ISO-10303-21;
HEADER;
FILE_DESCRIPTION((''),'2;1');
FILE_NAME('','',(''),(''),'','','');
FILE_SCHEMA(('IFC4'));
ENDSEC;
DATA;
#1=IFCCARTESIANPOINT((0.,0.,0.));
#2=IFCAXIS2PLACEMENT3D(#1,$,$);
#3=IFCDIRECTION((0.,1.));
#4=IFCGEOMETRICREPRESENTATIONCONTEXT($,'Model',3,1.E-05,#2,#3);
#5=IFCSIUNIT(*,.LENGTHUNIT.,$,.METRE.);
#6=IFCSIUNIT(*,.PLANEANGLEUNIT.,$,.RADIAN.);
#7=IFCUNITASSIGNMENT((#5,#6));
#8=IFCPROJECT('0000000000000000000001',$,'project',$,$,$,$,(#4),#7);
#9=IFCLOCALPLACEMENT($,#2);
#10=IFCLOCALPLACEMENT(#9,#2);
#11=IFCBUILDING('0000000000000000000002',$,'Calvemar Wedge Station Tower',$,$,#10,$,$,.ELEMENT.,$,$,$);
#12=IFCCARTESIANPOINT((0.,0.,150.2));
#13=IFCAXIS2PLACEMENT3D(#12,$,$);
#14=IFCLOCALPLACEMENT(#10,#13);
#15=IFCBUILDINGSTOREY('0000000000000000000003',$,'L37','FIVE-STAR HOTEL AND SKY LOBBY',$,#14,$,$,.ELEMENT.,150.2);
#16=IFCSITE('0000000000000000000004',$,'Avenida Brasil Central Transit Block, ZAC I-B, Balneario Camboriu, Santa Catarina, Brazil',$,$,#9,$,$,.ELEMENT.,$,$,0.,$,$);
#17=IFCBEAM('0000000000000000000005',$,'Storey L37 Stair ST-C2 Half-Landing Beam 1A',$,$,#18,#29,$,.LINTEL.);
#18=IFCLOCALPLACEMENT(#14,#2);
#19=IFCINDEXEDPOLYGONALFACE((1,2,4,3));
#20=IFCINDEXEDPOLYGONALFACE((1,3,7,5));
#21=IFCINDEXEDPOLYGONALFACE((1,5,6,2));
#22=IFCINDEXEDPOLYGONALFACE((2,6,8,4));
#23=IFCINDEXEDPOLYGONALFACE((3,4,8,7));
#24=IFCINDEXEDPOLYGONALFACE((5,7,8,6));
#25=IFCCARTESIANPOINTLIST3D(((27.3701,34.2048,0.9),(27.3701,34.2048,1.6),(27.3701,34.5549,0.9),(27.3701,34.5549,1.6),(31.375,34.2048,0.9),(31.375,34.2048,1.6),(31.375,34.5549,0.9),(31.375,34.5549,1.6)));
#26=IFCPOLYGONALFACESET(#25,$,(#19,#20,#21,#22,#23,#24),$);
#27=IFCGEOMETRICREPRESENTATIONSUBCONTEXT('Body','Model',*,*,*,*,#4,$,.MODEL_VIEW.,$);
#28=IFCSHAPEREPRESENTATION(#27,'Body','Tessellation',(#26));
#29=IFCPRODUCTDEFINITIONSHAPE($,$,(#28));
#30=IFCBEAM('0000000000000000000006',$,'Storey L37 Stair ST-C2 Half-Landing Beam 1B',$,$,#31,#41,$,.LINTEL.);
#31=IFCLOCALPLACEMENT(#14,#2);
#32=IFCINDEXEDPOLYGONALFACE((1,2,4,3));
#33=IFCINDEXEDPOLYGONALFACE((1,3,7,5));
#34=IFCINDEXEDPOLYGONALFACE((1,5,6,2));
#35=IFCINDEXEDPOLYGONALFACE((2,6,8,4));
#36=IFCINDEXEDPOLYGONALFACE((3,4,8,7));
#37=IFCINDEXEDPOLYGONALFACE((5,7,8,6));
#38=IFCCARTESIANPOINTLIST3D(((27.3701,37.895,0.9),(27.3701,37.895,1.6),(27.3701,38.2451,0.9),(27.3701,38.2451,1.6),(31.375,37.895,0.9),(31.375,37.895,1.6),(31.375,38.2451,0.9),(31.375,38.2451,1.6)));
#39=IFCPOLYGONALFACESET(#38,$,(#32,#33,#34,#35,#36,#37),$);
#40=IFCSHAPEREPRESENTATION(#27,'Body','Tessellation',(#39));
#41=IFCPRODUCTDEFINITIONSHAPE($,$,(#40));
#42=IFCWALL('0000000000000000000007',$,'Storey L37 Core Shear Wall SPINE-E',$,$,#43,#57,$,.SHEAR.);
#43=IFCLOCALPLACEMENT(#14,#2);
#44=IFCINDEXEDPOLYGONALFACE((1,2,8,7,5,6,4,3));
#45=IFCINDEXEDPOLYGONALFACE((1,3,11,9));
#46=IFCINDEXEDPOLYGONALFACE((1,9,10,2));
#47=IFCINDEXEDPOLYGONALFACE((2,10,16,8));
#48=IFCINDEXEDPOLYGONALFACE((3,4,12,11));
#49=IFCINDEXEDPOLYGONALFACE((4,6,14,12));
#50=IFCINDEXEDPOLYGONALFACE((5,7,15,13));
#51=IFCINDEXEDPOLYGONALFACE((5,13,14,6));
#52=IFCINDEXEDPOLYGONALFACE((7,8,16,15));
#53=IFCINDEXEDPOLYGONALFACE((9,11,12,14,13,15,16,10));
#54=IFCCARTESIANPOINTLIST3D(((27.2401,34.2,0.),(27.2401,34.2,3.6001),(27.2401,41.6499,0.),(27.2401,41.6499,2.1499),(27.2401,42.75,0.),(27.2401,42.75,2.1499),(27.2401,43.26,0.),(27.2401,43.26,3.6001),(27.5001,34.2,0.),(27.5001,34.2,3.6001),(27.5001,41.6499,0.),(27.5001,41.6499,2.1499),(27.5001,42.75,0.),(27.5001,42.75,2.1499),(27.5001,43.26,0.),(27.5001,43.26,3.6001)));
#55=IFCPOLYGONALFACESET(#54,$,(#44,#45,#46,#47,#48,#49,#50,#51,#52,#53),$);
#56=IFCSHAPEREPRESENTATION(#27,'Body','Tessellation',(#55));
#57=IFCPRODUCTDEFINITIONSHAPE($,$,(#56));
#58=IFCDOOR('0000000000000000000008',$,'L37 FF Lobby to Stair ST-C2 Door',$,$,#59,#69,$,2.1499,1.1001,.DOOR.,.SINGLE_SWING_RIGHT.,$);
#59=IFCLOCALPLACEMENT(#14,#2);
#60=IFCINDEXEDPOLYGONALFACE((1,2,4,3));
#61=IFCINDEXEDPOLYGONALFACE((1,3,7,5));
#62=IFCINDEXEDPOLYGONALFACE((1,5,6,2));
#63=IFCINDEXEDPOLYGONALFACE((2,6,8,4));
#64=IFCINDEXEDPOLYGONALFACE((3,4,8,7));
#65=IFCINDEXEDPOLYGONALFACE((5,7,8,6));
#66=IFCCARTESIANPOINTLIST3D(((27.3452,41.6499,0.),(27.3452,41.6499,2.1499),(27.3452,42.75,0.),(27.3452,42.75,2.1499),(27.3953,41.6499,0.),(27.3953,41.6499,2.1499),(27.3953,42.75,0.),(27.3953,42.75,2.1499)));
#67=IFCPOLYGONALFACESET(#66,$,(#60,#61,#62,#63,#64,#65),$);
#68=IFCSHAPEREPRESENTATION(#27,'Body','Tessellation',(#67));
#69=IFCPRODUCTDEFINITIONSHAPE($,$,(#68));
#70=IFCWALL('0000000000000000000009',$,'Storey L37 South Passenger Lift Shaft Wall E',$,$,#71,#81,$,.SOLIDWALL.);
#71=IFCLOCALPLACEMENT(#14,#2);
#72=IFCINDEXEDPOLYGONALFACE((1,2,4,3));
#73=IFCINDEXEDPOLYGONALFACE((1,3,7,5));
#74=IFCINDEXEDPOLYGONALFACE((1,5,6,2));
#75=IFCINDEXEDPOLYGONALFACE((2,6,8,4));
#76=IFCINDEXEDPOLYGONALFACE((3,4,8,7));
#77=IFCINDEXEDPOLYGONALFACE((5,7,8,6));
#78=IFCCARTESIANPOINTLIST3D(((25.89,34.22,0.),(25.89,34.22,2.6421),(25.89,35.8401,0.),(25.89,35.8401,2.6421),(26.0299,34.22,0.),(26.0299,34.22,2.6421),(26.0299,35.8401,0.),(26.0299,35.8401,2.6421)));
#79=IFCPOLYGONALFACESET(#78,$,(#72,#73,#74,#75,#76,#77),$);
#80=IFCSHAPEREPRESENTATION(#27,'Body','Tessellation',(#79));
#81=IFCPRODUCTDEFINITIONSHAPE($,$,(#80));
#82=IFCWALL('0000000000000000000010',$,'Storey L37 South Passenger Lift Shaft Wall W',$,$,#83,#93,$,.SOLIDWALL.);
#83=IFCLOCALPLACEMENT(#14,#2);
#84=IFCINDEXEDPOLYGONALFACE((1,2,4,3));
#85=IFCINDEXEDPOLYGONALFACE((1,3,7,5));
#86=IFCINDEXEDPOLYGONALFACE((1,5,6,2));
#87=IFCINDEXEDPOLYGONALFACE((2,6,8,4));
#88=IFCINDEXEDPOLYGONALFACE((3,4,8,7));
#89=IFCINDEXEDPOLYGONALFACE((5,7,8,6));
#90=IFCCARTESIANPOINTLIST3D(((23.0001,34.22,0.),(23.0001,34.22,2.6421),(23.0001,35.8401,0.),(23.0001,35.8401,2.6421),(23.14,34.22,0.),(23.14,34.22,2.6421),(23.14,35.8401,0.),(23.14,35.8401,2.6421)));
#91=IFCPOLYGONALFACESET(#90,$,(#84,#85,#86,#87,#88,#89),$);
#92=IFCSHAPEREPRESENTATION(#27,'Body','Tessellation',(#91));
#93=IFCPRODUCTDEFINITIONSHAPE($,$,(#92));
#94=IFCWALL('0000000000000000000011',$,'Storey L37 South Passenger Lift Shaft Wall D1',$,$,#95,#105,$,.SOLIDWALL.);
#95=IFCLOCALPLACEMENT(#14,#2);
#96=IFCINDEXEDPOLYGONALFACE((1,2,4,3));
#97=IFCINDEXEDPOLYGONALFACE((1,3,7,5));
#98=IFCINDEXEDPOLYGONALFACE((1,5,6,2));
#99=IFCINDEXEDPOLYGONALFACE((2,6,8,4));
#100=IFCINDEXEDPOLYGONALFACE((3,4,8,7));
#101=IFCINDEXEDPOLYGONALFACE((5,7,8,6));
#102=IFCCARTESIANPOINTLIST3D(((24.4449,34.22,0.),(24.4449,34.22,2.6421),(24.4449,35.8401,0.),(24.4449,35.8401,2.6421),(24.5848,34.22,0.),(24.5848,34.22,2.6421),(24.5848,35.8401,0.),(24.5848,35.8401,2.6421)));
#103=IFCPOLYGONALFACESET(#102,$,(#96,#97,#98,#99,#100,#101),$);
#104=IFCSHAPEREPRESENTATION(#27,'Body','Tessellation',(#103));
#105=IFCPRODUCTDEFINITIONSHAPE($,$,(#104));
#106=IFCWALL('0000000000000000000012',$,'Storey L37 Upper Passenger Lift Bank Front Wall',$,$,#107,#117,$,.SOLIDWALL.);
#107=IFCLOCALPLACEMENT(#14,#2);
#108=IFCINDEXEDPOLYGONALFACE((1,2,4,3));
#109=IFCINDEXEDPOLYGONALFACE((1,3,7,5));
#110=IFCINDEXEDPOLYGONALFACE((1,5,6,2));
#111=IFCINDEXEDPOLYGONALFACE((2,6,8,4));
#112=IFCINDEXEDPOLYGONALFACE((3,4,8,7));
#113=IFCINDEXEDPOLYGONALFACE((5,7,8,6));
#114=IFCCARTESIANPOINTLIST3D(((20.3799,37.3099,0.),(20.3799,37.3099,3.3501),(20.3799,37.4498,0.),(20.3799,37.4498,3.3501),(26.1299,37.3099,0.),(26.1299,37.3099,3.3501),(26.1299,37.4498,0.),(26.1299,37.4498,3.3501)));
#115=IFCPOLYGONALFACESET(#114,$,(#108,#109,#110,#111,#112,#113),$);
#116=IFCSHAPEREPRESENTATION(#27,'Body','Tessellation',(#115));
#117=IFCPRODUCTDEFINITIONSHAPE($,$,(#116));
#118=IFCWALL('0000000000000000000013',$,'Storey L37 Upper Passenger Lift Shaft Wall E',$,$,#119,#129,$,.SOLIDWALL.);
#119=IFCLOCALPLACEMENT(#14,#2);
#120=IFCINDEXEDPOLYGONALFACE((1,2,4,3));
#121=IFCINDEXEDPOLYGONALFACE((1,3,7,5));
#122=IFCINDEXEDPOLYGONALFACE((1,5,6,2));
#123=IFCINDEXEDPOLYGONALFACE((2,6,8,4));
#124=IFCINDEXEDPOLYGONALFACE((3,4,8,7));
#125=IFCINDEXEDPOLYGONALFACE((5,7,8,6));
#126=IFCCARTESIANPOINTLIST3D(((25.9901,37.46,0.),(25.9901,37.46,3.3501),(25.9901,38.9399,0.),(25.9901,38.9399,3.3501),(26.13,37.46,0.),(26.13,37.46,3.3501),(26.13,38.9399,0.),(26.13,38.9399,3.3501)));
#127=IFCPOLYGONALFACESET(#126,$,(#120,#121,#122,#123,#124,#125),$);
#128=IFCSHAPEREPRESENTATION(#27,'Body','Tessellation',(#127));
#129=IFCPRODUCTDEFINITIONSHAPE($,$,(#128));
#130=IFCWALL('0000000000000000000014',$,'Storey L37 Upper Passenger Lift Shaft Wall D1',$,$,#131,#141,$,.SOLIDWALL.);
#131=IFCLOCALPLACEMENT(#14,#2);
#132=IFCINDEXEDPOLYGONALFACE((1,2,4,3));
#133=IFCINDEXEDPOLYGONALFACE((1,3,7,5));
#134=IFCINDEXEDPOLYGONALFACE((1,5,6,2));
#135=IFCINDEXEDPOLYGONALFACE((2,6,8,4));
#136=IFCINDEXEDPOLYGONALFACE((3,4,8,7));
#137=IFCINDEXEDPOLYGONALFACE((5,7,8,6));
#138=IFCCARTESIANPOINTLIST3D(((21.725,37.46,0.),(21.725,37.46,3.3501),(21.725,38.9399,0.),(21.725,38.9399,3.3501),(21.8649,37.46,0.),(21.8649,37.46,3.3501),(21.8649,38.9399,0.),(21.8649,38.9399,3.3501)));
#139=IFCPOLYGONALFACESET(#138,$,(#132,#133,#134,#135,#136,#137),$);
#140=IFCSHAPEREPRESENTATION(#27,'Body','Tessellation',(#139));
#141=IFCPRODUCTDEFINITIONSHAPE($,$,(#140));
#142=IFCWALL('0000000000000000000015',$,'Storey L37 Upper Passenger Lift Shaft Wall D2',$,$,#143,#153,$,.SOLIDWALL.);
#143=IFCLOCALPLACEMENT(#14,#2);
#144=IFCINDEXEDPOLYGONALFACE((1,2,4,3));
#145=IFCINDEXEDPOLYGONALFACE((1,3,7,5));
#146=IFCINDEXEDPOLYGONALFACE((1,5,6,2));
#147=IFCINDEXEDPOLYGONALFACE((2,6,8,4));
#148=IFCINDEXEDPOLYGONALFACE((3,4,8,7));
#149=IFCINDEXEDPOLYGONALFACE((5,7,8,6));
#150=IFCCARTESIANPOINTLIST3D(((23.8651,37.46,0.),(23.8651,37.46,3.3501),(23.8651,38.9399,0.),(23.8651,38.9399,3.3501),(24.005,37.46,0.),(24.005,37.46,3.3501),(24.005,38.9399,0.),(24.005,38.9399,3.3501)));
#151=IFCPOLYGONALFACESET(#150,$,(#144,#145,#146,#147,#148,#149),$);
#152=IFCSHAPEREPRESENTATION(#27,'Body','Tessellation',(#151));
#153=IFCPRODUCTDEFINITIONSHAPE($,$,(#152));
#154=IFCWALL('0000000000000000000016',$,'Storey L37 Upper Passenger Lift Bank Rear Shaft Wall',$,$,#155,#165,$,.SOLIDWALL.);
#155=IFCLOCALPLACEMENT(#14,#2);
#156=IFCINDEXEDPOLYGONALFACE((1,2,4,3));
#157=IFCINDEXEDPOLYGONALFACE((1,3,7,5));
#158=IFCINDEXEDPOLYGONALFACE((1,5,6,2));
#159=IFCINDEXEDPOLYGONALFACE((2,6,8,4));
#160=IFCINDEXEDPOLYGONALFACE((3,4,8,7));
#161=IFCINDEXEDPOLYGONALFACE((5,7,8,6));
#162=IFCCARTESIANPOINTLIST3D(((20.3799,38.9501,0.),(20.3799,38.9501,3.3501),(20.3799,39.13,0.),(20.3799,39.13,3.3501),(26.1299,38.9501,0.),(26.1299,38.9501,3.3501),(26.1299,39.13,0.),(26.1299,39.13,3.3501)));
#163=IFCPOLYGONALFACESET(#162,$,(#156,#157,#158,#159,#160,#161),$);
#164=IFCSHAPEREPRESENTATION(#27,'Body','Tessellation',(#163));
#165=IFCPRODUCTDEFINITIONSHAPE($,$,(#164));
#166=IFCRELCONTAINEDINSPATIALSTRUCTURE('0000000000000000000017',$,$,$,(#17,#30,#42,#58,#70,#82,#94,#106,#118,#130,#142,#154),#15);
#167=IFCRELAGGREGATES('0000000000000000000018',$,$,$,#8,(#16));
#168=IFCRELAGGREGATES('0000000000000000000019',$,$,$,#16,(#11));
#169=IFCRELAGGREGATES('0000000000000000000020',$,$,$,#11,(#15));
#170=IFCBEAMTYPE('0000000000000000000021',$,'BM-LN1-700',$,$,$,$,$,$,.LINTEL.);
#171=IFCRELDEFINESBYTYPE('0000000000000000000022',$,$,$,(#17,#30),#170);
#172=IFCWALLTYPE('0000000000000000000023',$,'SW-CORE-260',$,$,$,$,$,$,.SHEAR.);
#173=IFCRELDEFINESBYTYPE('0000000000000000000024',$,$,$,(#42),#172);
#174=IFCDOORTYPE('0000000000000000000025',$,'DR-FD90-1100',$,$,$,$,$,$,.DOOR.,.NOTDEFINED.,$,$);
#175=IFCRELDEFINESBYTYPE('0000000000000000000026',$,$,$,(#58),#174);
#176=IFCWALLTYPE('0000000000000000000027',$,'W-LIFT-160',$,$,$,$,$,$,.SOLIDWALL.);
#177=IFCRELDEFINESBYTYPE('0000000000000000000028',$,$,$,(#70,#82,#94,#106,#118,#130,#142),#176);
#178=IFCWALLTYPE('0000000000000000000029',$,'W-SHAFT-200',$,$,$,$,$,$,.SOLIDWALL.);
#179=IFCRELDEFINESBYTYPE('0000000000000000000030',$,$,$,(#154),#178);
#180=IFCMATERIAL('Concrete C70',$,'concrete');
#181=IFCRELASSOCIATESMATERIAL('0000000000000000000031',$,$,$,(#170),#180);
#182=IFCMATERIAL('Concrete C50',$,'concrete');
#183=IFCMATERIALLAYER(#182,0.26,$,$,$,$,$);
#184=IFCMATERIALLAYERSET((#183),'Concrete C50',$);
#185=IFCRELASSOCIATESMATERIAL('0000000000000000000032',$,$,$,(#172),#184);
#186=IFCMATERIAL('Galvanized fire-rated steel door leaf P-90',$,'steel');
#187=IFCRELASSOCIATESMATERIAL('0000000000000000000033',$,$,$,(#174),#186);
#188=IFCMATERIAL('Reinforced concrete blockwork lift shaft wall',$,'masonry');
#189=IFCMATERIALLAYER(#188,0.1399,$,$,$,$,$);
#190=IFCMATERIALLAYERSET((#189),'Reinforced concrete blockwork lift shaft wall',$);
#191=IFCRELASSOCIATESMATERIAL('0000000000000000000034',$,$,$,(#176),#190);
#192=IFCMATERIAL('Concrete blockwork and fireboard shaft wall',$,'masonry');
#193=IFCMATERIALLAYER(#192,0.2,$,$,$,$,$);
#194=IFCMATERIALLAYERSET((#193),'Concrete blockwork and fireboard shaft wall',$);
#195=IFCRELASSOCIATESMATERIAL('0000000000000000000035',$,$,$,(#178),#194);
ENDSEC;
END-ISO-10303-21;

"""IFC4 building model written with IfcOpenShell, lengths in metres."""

from ifc_helpers import new_model, si_unit, direction, frame, frame_2d, origin, origin_2d, place, context, subcontext, project, spatial, rectangle, extrude, source, transform, mapped, material, layer, layer_set, material_profile, profile_set, type_object, element, fill, save


model = new_model("IFC4")

# Units and contexts
model_context = context("Model", 3, precision=1e-05, world=origin(), true_north=direction((0.0, 1.0)))
body_context = subcontext(model_context, "Body", "Model", "MODEL_VIEW")
ifc_project = project(units=[si_unit("LENGTHUNIT", "METRE"), si_unit("PLANEANGLEUNIT", "RADIAN")], contexts=[model_context])

# Site, building, storey
site_placement = place(None, origin())
site = spatial("IfcSite", under=ifc_project, at=site_placement, Name="Avenida Brasil Central Transit Block, ZAC I-B, Balneario Camboriu, Santa Catarina, Brazil", CompositionType="ELEMENT", RefElevation=0.0)
building_placement = place(site_placement, origin())
building = spatial("IfcBuilding", under=site, at=building_placement, Name="Calvemar Wedge Station Tower", CompositionType="ELEMENT")
storey_placement = place(building_placement, frame((0.0, 0.0, 150.2)))
storey = spatial("IfcBuildingStorey", under=building, at=storey_placement, Name="L37", Description="FIVE-STAR HOTEL AND SKY LOBBY", CompositionType="ELEMENT", Elevation=150.2)

# Beams
ifc_material_1 = material(Name="Concrete C70", Category="concrete")
ifc_material_profile = material_profile(ifc_material_1, rectangle(XDim=0.3501, YDim=0.7, at=origin_2d()), Name="RC350x700")
ifc_profile_set = profile_set([ifc_material_profile], Name="Concrete C70")
beam_type = type_object("IfcBeamType", Name="BM-LN1-700", PredefinedType="LINTEL", material=ifc_profile_set)
shared_shape_1 = source(origin(), body_context, "Body", "SweptSolid", [
    extrude(rectangle(XDim=0.3501, YDim=0.7, at=origin_2d()), origin(), (0.0, 0.0, 1.0), 4.0049),
])
for number, where, z_axis, x_axis, name in (
    (1, (27.3701, 34.3799, 1.25), (1.0, 0.0, 0.0), (0.0, 1.0, 0.0), "Storey L37 Stair ST-C2 Half-Landing Beam 1A"),
    (2, (27.3701, 38.0701, 1.25), (1.0, 0.0, 0.0), (0.0, 1.0, 0.0), "Storey L37 Stair ST-C2 Half-Landing Beam 1B"),
):
    element("IfcBeam", number, at=place(storey_placement, frame(where, z_axis=z_axis, x_axis=x_axis)), inside=storey, type_object=beam_type, Name=name, PredefinedType="LINTEL", context=body_context, shape_type="MappedRepresentation", body=[
        mapped(shared_shape_1, transform((0.0, 0.0, 0.0), scale=1.0)),
    ])

# Wall, opening, door
ifc_material_2 = material(Name="Concrete C50", Category="concrete")
ifc_layer_1 = layer(ifc_material_2, 0.26)
ifc_layer_set_1 = layer_set([ifc_layer_1], Name="Concrete C50")
wall_type_1 = type_object("IfcWallType", Name="SW-CORE-260", PredefinedType="SHEAR", material=ifc_layer_set_1)
wall_1_placement = place(storey_placement, frame((27.3701, 34.2, 0.0), z_axis=(0.0, 0.0, 1.0), x_axis=(0.0, 1.0, 0.0)))
wall_1 = element("IfcWall", 3, at=wall_1_placement, inside=storey, type_object=wall_type_1, Name="Storey L37 Core Shear Wall SPINE-E", PredefinedType="SHEAR", context=body_context, shape_type="SweptSolid", body=[
    extrude(rectangle(XDim=9.0601, YDim=0.26, at=frame_2d((4.53, 0.0))), origin(), (0.0, 0.0, 1.0), 3.6001),
])
shared_shape_2 = source(origin(), body_context, "Body", "SweptSolid", [
    extrude(rectangle(XDim=1.1001, YDim=2.1499, at=frame_2d((0.55, 1.075))), frame((0.0, 0.1401, 0.0), z_axis=(0.0, -1.0, 0.0), x_axis=(1.0, 0.0, 0.0)), (0.0, 0.0, 1.0), 0.28),
])
opening_1_placement = place(wall_1_placement, frame((7.45, 0.0, 0.0)))
opening_1 = element("IfcOpeningElement", 4, at=opening_1_placement, cuts=wall_1, PredefinedType="OPENING", context=body_context, shape_type="MappedRepresentation", body=[
    mapped(shared_shape_2, transform((0.0, 0.0, 0.0), scale=1.0)),
])
ifc_material_3 = material(Name="Galvanized fire-rated steel door leaf P-90", Category="steel")
door_type_1 = type_object("IfcDoorType", Name="DR-FD90-1100", OperationType="NOTDEFINED", PredefinedType="DOOR", material=ifc_material_3)
shared_shape_3 = source(origin(), body_context, "Body", "SweptSolid", [
    extrude(rectangle(XDim=1.1001, YDim=2.1499, at=frame_2d((0.55, 1.075))), frame((0.0, 0.0249, 0.0), z_axis=(0.0, -1.0, 0.0), x_axis=(1.0, 0.0, 0.0)), (0.0, 0.0, 1.0), 0.05),
])
door_1_placement = place(opening_1_placement, origin())
door_1 = element("IfcDoor", 5, at=door_1_placement, inside=storey, type_object=door_type_1, Name="L37 FF Lobby to Stair ST-C2 Door", OperationType="SINGLE_SWING_RIGHT", OverallHeight=2.1499, OverallWidth=1.1001, PredefinedType="DOOR", context=body_context, shape_type="MappedRepresentation", body=[
    mapped(shared_shape_3, transform((0.0, 0.0, 0.0), scale=1.0)),
])
fill(opening_1, door_1)

# Shared definitions
ifc_material_4 = material(Name="Reinforced concrete blockwork lift shaft wall", Category="masonry")
ifc_layer_2 = layer(ifc_material_4, 0.1399)
ifc_layer_set_2 = layer_set([ifc_layer_2], Name="Reinforced concrete blockwork lift shaft wall")
wall_type_2 = type_object("IfcWallType", Name="W-LIFT-160", PredefinedType="SOLIDWALL", material=ifc_layer_set_2)

# Walls
for number, where, z_axis, x_axis, name in (
    (6, (25.96, 34.22, 0.0), (0.0, 0.0, 1.0), (0.0, 1.0, 0.0), "Storey L37 South Passenger Lift Shaft Wall E"),
    (7, (23.0701, 34.22, 0.0), (0.0, 0.0, 1.0), (0.0, 1.0, 0.0), "Storey L37 South Passenger Lift Shaft Wall W"),
    (8, (24.5149, 34.22, 0.0), (0.0, 0.0, 1.0), (0.0, 1.0, 0.0), "Storey L37 South Passenger Lift Shaft Wall D1"),
):
    element("IfcWall", number, at=place(storey_placement, frame(where, z_axis=z_axis, x_axis=x_axis)), inside=storey, type_object=wall_type_2, Name=name, PredefinedType="SOLIDWALL", context=body_context, shape_type="SweptSolid", body=[
        extrude(rectangle(XDim=1.6201, YDim=0.1399, at=frame_2d((0.8101, 0.0))), origin(), (0.0, 0.0, 1.0), 2.6421),
    ])
wall_2_placement = place(storey_placement, frame((20.3799, 37.3799, 0.0), z_axis=(0.0, 0.0, 1.0), x_axis=(1.0, 0.0, 0.0)))
element("IfcWall", 9, at=wall_2_placement, inside=storey, type_object=wall_type_2, Name="Storey L37 Upper Passenger Lift Bank Front Wall", PredefinedType="SOLIDWALL", context=body_context, shape_type="SweptSolid", body=[
    extrude(rectangle(XDim=5.75, YDim=0.1399, at=frame_2d((2.875, 0.0))), origin(), (0.0, 0.0, 1.0), 3.3501),
])
for number, where, z_axis, x_axis, name in (
    (10, (26.0601, 37.46, 0.0), (0.0, 0.0, 1.0), (0.0, 1.0, 0.0), "Storey L37 Upper Passenger Lift Shaft Wall E"),
    (11, (21.7949, 37.46, 0.0), (0.0, 0.0, 1.0), (0.0, 1.0, 0.0), "Storey L37 Upper Passenger Lift Shaft Wall D1"),
    (12, (23.9351, 37.46, 0.0), (0.0, 0.0, 1.0), (0.0, 1.0, 0.0), "Storey L37 Upper Passenger Lift Shaft Wall D2"),
):
    element("IfcWall", number, at=place(storey_placement, frame(where, z_axis=z_axis, x_axis=x_axis)), inside=storey, type_object=wall_type_2, Name=name, PredefinedType="SOLIDWALL", context=body_context, shape_type="SweptSolid", body=[
        extrude(rectangle(XDim=1.48, YDim=0.1399, at=frame_2d((0.74, 0.0))), origin(), (0.0, 0.0, 1.0), 3.3501),
    ])
ifc_material_5 = material(Name="Concrete blockwork and fireboard shaft wall", Category="masonry")
ifc_layer_3 = layer(ifc_material_5, 0.2)
ifc_layer_set_3 = layer_set([ifc_layer_3], Name="Concrete blockwork and fireboard shaft wall")
wall_type_3 = type_object("IfcWallType", Name="W-SHAFT-200", PredefinedType="SOLIDWALL", material=ifc_layer_set_3)
wall_3_placement = place(storey_placement, frame((20.3799, 39.04, 0.0), z_axis=(0.0, 0.0, 1.0), x_axis=(1.0, 0.0, 0.0)))
element("IfcWall", 13, at=wall_3_placement, inside=storey, type_object=wall_type_3, Name="Storey L37 Upper Passenger Lift Bank Rear Shaft Wall", PredefinedType="SOLIDWALL", context=body_context, shape_type="SweptSolid", body=[
    extrude(rectangle(XDim=5.75, YDim=0.1799, at=frame_2d((2.875, 0.0))), origin(), (0.0, 0.0, 1.0), 3.3501),
])

save(model, "model.ifc")
